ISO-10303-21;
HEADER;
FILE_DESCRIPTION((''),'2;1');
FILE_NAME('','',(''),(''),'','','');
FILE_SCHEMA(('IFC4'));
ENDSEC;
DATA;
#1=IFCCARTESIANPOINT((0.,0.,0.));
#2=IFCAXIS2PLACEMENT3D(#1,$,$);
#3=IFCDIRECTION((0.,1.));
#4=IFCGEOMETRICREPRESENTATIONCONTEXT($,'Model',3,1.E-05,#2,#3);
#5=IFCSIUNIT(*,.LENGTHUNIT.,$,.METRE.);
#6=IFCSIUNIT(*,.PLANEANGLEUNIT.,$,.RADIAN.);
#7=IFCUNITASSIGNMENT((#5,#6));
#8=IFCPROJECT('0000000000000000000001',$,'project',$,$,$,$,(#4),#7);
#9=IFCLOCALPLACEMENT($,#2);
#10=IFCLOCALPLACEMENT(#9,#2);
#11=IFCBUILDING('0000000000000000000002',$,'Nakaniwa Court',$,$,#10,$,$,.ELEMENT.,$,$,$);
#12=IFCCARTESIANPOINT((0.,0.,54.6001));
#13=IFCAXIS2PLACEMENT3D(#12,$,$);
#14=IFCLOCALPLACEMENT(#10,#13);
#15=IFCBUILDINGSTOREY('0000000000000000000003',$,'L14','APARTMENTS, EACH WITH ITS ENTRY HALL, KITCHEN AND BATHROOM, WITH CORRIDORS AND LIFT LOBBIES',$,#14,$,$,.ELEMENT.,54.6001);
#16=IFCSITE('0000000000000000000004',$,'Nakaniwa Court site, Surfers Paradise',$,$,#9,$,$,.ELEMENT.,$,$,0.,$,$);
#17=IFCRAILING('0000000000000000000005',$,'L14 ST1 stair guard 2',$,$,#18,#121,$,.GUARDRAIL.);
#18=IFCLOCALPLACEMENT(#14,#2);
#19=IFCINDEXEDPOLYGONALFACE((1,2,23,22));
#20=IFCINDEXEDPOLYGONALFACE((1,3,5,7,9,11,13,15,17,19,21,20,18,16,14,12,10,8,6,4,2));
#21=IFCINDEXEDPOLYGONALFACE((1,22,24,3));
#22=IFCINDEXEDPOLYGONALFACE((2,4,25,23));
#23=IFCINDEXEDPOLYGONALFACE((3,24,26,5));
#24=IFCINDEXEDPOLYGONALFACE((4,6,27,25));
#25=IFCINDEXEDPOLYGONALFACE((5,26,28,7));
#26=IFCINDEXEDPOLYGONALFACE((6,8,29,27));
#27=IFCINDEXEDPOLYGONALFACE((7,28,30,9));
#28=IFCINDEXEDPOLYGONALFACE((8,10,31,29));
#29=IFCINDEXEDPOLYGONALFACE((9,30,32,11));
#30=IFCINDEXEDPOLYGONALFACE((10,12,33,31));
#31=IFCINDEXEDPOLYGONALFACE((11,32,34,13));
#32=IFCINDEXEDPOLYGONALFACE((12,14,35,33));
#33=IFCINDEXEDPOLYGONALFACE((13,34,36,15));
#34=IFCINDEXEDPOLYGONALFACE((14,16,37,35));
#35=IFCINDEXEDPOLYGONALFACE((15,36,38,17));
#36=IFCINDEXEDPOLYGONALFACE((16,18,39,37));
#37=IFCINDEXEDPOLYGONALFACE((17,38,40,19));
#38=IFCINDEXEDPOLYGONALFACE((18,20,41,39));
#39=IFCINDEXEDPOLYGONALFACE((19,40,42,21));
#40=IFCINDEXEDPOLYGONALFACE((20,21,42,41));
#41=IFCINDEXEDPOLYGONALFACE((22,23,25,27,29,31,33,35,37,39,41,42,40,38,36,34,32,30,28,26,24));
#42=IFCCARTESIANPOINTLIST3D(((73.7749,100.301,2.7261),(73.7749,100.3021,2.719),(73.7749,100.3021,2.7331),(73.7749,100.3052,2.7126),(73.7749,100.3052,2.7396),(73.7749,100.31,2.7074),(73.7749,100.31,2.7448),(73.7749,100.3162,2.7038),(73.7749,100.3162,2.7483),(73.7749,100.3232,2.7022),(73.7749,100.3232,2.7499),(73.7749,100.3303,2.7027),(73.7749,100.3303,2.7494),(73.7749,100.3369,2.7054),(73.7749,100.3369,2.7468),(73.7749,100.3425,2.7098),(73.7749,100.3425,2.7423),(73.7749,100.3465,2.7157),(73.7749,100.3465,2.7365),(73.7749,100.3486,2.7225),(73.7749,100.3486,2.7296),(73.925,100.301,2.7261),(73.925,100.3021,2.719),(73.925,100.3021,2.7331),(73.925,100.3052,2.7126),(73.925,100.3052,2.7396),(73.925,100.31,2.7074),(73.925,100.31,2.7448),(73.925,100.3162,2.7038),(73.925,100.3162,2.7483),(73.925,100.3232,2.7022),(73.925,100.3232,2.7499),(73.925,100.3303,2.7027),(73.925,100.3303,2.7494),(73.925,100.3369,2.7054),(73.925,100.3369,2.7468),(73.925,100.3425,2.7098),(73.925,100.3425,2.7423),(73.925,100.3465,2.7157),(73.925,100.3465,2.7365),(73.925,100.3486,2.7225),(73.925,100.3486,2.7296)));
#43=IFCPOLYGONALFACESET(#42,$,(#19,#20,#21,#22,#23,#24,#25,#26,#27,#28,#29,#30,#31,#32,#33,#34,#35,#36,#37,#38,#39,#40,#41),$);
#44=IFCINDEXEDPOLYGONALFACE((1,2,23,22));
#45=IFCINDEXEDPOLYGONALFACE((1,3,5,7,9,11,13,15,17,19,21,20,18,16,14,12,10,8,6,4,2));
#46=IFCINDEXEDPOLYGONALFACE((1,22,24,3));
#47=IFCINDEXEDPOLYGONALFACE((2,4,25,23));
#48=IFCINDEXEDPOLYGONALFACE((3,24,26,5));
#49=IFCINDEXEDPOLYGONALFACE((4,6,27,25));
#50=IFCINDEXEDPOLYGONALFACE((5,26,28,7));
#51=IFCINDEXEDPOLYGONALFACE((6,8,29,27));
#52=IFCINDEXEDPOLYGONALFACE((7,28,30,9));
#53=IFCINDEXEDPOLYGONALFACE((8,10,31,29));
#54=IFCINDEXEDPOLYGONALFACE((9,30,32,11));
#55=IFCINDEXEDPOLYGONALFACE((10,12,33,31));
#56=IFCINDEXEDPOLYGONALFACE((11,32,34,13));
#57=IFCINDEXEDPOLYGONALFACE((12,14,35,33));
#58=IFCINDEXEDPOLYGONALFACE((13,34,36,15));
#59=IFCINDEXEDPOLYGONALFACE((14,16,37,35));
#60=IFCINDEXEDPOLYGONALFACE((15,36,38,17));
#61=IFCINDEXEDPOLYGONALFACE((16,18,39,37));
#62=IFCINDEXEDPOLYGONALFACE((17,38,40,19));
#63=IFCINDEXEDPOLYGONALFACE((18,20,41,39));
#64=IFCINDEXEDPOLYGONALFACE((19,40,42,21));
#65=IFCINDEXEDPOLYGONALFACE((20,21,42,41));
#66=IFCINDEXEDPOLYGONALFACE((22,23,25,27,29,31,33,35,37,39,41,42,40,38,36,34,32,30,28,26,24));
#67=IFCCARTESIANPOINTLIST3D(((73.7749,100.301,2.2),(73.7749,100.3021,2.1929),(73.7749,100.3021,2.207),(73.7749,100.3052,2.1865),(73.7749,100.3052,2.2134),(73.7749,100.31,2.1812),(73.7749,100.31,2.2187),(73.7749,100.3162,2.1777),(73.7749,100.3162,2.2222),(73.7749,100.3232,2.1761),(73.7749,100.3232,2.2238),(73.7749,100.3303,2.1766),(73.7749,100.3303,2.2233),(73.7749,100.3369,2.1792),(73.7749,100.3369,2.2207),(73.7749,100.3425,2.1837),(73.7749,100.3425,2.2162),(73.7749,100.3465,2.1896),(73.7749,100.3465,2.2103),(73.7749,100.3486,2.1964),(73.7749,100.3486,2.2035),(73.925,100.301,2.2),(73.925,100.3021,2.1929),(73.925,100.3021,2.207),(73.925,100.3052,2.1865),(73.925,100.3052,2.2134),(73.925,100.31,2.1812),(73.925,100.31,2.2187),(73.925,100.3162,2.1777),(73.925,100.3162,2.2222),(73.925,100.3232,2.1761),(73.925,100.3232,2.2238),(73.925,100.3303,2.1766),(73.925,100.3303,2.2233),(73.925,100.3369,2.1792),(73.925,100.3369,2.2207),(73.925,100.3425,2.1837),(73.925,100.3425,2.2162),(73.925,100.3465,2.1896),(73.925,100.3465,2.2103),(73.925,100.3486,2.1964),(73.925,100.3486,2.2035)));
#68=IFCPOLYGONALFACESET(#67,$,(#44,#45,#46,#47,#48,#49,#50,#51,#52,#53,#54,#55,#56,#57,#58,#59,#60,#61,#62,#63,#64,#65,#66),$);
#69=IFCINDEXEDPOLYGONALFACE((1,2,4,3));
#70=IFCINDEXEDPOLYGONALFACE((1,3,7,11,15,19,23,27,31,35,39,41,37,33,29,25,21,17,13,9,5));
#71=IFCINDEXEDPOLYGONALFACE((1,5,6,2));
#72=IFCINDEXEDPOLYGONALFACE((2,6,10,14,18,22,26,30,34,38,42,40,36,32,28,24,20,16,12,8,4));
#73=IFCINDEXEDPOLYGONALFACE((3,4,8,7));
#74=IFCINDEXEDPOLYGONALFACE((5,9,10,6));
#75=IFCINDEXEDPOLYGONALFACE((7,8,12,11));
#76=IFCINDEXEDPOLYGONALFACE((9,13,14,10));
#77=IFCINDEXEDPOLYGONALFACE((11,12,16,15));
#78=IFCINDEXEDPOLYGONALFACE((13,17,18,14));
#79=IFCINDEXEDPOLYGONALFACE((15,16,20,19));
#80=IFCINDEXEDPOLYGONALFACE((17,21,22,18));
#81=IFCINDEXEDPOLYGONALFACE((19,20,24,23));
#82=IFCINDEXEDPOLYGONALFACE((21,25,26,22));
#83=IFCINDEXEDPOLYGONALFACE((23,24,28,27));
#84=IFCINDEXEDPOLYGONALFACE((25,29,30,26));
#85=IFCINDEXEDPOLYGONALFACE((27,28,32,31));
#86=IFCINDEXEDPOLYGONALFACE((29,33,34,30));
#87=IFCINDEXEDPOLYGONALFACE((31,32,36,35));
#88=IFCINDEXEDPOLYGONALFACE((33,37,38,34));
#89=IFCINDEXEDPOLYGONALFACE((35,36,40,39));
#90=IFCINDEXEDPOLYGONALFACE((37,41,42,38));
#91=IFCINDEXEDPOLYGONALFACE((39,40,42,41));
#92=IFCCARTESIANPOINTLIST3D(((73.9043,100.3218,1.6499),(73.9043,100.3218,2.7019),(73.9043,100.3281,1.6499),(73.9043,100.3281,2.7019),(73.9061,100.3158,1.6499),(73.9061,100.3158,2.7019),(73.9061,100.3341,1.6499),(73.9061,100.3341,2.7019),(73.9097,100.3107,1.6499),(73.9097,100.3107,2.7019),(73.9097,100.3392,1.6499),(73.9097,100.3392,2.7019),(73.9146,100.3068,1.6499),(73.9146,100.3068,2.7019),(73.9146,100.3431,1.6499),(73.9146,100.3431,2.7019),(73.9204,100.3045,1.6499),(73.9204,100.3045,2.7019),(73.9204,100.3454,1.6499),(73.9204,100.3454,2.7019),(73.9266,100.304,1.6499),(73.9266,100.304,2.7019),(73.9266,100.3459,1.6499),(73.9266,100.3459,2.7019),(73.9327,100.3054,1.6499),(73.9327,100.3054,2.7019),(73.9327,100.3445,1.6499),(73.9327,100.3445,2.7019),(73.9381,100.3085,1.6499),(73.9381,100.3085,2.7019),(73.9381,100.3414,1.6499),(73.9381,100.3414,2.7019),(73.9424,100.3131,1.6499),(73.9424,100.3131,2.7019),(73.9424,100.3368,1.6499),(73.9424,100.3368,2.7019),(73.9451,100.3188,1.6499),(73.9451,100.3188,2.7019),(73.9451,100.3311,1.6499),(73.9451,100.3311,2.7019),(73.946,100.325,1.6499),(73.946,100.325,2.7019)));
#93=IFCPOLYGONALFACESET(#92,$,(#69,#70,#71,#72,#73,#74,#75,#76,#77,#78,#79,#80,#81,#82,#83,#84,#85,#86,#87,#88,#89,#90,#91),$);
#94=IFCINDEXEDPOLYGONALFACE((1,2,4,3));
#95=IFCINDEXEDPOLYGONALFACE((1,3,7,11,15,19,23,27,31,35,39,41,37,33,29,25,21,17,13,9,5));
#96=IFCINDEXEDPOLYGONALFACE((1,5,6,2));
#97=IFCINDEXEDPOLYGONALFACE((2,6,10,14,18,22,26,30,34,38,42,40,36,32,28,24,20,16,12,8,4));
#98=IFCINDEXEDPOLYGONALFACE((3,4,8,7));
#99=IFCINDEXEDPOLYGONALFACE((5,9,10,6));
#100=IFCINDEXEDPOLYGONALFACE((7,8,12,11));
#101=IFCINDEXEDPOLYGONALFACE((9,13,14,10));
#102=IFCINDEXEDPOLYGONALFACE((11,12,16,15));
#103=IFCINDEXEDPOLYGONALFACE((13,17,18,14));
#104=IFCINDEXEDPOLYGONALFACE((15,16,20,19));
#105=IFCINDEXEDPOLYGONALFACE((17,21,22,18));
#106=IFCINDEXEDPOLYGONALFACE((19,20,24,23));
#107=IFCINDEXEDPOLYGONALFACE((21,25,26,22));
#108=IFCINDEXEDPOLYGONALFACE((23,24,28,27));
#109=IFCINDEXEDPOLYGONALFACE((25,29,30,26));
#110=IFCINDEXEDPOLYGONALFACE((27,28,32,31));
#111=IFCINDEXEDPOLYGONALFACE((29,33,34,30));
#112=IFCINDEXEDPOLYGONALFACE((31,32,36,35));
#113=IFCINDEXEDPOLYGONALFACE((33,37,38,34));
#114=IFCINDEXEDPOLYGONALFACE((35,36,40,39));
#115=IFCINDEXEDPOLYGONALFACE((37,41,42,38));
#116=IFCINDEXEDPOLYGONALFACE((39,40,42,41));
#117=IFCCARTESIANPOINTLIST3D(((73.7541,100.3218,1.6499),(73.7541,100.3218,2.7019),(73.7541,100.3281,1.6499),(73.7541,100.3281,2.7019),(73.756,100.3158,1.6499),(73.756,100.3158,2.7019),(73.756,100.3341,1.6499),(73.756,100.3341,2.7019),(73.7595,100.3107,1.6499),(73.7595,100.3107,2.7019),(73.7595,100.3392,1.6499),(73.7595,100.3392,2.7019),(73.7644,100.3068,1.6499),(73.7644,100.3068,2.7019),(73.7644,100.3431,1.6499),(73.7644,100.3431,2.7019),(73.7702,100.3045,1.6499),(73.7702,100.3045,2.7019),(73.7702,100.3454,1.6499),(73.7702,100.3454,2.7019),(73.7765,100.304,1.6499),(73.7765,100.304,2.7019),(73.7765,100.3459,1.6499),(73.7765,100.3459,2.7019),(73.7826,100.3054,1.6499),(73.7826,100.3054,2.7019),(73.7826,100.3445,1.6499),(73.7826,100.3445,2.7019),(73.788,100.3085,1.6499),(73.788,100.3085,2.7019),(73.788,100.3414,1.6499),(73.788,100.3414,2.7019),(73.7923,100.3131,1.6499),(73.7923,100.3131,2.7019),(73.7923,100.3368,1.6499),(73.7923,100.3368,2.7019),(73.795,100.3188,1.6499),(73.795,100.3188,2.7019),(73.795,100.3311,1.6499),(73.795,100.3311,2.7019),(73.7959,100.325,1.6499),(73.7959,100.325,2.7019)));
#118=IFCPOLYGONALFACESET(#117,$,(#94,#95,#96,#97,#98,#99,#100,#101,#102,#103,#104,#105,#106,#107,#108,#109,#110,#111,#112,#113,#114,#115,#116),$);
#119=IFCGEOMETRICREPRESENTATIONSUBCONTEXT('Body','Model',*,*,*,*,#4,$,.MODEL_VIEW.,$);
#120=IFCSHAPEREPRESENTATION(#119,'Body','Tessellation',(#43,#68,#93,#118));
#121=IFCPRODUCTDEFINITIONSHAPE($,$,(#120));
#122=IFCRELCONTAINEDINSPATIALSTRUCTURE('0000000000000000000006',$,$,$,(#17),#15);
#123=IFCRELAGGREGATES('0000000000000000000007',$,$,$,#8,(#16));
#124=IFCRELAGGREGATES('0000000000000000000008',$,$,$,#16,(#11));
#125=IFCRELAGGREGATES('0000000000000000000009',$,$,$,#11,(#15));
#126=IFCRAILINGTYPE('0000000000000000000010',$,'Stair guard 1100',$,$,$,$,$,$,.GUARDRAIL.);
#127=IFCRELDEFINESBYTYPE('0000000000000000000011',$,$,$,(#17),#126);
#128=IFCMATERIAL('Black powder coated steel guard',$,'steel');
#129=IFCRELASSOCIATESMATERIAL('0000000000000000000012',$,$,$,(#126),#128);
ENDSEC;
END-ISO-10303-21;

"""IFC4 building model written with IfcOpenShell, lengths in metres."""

from ifc_helpers import new_model, si_unit, direction, frame, origin, origin_2d, place, context, subcontext, project, spatial, circle, extrude, material, type_object, element, save


model = new_model("IFC4")

# Units and contexts
model_context = context("Model", 3, precision=1e-05, world=origin(), true_north=direction((0.0, 1.0)))
body_context = subcontext(model_context, "Body", "Model", "MODEL_VIEW")
ifc_project = project(units=[si_unit("LENGTHUNIT", "METRE"), si_unit("PLANEANGLEUNIT", "RADIAN")], contexts=[model_context])

# Site, building, storey
site_placement = place(None, origin())
site = spatial("IfcSite", under=ifc_project, at=site_placement, Name="Nakaniwa Court site, Surfers Paradise", CompositionType="ELEMENT", RefElevation=0.0)
building_placement = place(site_placement, origin())
building = spatial("IfcBuilding", under=site, at=building_placement, Name="Nakaniwa Court", CompositionType="ELEMENT")
storey_placement = place(building_placement, frame((0.0, 0.0, 54.6001)))
storey = spatial("IfcBuildingStorey", under=building, at=storey_placement, Name="L14", Description="APARTMENTS, EACH WITH ITS ENTRY HALL, KITCHEN AND BATHROOM, WITH CORRIDORS AND LIFT LOBBIES", CompositionType="ELEMENT", Elevation=54.6001)

# Railing
ifc_material_1 = material(Name="Black powder coated steel guard", Category="steel")
railing_type_1 = type_object("IfcRailingType", Name="Stair guard 1100", PredefinedType="GUARDRAIL", material=ifc_material_1)
railing_1_placement = place(storey_placement, frame((73.925, 100.325, 1.6499)))
element("IfcRailing", 1, at=railing_1_placement, inside=storey, type_object=railing_type_1, Name="L14 ST1 stair guard 2", PredefinedType="GUARDRAIL", context=body_context, shape_type="SweptSolid", body=[
    extrude(circle(Radius=0.0239, at=origin_2d()), frame((0.0, 0.0, 1.0762), z_axis=(-1.0, 0.0, 0.0), x_axis=(0.0, -1.0, 0.0)), (0.0, 0.0, 1.0), 0.1501),
    extrude(circle(Radius=0.0239, at=origin_2d()), frame((0.0, 0.0, 0.55), z_axis=(-1.0, 0.0, 0.0), x_axis=(0.0, -1.0, 0.0)), (0.0, 0.0, 1.0), 0.1501),
    extrude(circle(Radius=0.021, at=origin_2d()), origin(), (0.0, 0.0, 1.0), 1.052),
    extrude(circle(Radius=0.021, at=origin_2d()), frame((-0.1501, 0.0, 0.0)), (0.0, 0.0, 1.0), 1.052),
])

save(model, "model.ifc")
